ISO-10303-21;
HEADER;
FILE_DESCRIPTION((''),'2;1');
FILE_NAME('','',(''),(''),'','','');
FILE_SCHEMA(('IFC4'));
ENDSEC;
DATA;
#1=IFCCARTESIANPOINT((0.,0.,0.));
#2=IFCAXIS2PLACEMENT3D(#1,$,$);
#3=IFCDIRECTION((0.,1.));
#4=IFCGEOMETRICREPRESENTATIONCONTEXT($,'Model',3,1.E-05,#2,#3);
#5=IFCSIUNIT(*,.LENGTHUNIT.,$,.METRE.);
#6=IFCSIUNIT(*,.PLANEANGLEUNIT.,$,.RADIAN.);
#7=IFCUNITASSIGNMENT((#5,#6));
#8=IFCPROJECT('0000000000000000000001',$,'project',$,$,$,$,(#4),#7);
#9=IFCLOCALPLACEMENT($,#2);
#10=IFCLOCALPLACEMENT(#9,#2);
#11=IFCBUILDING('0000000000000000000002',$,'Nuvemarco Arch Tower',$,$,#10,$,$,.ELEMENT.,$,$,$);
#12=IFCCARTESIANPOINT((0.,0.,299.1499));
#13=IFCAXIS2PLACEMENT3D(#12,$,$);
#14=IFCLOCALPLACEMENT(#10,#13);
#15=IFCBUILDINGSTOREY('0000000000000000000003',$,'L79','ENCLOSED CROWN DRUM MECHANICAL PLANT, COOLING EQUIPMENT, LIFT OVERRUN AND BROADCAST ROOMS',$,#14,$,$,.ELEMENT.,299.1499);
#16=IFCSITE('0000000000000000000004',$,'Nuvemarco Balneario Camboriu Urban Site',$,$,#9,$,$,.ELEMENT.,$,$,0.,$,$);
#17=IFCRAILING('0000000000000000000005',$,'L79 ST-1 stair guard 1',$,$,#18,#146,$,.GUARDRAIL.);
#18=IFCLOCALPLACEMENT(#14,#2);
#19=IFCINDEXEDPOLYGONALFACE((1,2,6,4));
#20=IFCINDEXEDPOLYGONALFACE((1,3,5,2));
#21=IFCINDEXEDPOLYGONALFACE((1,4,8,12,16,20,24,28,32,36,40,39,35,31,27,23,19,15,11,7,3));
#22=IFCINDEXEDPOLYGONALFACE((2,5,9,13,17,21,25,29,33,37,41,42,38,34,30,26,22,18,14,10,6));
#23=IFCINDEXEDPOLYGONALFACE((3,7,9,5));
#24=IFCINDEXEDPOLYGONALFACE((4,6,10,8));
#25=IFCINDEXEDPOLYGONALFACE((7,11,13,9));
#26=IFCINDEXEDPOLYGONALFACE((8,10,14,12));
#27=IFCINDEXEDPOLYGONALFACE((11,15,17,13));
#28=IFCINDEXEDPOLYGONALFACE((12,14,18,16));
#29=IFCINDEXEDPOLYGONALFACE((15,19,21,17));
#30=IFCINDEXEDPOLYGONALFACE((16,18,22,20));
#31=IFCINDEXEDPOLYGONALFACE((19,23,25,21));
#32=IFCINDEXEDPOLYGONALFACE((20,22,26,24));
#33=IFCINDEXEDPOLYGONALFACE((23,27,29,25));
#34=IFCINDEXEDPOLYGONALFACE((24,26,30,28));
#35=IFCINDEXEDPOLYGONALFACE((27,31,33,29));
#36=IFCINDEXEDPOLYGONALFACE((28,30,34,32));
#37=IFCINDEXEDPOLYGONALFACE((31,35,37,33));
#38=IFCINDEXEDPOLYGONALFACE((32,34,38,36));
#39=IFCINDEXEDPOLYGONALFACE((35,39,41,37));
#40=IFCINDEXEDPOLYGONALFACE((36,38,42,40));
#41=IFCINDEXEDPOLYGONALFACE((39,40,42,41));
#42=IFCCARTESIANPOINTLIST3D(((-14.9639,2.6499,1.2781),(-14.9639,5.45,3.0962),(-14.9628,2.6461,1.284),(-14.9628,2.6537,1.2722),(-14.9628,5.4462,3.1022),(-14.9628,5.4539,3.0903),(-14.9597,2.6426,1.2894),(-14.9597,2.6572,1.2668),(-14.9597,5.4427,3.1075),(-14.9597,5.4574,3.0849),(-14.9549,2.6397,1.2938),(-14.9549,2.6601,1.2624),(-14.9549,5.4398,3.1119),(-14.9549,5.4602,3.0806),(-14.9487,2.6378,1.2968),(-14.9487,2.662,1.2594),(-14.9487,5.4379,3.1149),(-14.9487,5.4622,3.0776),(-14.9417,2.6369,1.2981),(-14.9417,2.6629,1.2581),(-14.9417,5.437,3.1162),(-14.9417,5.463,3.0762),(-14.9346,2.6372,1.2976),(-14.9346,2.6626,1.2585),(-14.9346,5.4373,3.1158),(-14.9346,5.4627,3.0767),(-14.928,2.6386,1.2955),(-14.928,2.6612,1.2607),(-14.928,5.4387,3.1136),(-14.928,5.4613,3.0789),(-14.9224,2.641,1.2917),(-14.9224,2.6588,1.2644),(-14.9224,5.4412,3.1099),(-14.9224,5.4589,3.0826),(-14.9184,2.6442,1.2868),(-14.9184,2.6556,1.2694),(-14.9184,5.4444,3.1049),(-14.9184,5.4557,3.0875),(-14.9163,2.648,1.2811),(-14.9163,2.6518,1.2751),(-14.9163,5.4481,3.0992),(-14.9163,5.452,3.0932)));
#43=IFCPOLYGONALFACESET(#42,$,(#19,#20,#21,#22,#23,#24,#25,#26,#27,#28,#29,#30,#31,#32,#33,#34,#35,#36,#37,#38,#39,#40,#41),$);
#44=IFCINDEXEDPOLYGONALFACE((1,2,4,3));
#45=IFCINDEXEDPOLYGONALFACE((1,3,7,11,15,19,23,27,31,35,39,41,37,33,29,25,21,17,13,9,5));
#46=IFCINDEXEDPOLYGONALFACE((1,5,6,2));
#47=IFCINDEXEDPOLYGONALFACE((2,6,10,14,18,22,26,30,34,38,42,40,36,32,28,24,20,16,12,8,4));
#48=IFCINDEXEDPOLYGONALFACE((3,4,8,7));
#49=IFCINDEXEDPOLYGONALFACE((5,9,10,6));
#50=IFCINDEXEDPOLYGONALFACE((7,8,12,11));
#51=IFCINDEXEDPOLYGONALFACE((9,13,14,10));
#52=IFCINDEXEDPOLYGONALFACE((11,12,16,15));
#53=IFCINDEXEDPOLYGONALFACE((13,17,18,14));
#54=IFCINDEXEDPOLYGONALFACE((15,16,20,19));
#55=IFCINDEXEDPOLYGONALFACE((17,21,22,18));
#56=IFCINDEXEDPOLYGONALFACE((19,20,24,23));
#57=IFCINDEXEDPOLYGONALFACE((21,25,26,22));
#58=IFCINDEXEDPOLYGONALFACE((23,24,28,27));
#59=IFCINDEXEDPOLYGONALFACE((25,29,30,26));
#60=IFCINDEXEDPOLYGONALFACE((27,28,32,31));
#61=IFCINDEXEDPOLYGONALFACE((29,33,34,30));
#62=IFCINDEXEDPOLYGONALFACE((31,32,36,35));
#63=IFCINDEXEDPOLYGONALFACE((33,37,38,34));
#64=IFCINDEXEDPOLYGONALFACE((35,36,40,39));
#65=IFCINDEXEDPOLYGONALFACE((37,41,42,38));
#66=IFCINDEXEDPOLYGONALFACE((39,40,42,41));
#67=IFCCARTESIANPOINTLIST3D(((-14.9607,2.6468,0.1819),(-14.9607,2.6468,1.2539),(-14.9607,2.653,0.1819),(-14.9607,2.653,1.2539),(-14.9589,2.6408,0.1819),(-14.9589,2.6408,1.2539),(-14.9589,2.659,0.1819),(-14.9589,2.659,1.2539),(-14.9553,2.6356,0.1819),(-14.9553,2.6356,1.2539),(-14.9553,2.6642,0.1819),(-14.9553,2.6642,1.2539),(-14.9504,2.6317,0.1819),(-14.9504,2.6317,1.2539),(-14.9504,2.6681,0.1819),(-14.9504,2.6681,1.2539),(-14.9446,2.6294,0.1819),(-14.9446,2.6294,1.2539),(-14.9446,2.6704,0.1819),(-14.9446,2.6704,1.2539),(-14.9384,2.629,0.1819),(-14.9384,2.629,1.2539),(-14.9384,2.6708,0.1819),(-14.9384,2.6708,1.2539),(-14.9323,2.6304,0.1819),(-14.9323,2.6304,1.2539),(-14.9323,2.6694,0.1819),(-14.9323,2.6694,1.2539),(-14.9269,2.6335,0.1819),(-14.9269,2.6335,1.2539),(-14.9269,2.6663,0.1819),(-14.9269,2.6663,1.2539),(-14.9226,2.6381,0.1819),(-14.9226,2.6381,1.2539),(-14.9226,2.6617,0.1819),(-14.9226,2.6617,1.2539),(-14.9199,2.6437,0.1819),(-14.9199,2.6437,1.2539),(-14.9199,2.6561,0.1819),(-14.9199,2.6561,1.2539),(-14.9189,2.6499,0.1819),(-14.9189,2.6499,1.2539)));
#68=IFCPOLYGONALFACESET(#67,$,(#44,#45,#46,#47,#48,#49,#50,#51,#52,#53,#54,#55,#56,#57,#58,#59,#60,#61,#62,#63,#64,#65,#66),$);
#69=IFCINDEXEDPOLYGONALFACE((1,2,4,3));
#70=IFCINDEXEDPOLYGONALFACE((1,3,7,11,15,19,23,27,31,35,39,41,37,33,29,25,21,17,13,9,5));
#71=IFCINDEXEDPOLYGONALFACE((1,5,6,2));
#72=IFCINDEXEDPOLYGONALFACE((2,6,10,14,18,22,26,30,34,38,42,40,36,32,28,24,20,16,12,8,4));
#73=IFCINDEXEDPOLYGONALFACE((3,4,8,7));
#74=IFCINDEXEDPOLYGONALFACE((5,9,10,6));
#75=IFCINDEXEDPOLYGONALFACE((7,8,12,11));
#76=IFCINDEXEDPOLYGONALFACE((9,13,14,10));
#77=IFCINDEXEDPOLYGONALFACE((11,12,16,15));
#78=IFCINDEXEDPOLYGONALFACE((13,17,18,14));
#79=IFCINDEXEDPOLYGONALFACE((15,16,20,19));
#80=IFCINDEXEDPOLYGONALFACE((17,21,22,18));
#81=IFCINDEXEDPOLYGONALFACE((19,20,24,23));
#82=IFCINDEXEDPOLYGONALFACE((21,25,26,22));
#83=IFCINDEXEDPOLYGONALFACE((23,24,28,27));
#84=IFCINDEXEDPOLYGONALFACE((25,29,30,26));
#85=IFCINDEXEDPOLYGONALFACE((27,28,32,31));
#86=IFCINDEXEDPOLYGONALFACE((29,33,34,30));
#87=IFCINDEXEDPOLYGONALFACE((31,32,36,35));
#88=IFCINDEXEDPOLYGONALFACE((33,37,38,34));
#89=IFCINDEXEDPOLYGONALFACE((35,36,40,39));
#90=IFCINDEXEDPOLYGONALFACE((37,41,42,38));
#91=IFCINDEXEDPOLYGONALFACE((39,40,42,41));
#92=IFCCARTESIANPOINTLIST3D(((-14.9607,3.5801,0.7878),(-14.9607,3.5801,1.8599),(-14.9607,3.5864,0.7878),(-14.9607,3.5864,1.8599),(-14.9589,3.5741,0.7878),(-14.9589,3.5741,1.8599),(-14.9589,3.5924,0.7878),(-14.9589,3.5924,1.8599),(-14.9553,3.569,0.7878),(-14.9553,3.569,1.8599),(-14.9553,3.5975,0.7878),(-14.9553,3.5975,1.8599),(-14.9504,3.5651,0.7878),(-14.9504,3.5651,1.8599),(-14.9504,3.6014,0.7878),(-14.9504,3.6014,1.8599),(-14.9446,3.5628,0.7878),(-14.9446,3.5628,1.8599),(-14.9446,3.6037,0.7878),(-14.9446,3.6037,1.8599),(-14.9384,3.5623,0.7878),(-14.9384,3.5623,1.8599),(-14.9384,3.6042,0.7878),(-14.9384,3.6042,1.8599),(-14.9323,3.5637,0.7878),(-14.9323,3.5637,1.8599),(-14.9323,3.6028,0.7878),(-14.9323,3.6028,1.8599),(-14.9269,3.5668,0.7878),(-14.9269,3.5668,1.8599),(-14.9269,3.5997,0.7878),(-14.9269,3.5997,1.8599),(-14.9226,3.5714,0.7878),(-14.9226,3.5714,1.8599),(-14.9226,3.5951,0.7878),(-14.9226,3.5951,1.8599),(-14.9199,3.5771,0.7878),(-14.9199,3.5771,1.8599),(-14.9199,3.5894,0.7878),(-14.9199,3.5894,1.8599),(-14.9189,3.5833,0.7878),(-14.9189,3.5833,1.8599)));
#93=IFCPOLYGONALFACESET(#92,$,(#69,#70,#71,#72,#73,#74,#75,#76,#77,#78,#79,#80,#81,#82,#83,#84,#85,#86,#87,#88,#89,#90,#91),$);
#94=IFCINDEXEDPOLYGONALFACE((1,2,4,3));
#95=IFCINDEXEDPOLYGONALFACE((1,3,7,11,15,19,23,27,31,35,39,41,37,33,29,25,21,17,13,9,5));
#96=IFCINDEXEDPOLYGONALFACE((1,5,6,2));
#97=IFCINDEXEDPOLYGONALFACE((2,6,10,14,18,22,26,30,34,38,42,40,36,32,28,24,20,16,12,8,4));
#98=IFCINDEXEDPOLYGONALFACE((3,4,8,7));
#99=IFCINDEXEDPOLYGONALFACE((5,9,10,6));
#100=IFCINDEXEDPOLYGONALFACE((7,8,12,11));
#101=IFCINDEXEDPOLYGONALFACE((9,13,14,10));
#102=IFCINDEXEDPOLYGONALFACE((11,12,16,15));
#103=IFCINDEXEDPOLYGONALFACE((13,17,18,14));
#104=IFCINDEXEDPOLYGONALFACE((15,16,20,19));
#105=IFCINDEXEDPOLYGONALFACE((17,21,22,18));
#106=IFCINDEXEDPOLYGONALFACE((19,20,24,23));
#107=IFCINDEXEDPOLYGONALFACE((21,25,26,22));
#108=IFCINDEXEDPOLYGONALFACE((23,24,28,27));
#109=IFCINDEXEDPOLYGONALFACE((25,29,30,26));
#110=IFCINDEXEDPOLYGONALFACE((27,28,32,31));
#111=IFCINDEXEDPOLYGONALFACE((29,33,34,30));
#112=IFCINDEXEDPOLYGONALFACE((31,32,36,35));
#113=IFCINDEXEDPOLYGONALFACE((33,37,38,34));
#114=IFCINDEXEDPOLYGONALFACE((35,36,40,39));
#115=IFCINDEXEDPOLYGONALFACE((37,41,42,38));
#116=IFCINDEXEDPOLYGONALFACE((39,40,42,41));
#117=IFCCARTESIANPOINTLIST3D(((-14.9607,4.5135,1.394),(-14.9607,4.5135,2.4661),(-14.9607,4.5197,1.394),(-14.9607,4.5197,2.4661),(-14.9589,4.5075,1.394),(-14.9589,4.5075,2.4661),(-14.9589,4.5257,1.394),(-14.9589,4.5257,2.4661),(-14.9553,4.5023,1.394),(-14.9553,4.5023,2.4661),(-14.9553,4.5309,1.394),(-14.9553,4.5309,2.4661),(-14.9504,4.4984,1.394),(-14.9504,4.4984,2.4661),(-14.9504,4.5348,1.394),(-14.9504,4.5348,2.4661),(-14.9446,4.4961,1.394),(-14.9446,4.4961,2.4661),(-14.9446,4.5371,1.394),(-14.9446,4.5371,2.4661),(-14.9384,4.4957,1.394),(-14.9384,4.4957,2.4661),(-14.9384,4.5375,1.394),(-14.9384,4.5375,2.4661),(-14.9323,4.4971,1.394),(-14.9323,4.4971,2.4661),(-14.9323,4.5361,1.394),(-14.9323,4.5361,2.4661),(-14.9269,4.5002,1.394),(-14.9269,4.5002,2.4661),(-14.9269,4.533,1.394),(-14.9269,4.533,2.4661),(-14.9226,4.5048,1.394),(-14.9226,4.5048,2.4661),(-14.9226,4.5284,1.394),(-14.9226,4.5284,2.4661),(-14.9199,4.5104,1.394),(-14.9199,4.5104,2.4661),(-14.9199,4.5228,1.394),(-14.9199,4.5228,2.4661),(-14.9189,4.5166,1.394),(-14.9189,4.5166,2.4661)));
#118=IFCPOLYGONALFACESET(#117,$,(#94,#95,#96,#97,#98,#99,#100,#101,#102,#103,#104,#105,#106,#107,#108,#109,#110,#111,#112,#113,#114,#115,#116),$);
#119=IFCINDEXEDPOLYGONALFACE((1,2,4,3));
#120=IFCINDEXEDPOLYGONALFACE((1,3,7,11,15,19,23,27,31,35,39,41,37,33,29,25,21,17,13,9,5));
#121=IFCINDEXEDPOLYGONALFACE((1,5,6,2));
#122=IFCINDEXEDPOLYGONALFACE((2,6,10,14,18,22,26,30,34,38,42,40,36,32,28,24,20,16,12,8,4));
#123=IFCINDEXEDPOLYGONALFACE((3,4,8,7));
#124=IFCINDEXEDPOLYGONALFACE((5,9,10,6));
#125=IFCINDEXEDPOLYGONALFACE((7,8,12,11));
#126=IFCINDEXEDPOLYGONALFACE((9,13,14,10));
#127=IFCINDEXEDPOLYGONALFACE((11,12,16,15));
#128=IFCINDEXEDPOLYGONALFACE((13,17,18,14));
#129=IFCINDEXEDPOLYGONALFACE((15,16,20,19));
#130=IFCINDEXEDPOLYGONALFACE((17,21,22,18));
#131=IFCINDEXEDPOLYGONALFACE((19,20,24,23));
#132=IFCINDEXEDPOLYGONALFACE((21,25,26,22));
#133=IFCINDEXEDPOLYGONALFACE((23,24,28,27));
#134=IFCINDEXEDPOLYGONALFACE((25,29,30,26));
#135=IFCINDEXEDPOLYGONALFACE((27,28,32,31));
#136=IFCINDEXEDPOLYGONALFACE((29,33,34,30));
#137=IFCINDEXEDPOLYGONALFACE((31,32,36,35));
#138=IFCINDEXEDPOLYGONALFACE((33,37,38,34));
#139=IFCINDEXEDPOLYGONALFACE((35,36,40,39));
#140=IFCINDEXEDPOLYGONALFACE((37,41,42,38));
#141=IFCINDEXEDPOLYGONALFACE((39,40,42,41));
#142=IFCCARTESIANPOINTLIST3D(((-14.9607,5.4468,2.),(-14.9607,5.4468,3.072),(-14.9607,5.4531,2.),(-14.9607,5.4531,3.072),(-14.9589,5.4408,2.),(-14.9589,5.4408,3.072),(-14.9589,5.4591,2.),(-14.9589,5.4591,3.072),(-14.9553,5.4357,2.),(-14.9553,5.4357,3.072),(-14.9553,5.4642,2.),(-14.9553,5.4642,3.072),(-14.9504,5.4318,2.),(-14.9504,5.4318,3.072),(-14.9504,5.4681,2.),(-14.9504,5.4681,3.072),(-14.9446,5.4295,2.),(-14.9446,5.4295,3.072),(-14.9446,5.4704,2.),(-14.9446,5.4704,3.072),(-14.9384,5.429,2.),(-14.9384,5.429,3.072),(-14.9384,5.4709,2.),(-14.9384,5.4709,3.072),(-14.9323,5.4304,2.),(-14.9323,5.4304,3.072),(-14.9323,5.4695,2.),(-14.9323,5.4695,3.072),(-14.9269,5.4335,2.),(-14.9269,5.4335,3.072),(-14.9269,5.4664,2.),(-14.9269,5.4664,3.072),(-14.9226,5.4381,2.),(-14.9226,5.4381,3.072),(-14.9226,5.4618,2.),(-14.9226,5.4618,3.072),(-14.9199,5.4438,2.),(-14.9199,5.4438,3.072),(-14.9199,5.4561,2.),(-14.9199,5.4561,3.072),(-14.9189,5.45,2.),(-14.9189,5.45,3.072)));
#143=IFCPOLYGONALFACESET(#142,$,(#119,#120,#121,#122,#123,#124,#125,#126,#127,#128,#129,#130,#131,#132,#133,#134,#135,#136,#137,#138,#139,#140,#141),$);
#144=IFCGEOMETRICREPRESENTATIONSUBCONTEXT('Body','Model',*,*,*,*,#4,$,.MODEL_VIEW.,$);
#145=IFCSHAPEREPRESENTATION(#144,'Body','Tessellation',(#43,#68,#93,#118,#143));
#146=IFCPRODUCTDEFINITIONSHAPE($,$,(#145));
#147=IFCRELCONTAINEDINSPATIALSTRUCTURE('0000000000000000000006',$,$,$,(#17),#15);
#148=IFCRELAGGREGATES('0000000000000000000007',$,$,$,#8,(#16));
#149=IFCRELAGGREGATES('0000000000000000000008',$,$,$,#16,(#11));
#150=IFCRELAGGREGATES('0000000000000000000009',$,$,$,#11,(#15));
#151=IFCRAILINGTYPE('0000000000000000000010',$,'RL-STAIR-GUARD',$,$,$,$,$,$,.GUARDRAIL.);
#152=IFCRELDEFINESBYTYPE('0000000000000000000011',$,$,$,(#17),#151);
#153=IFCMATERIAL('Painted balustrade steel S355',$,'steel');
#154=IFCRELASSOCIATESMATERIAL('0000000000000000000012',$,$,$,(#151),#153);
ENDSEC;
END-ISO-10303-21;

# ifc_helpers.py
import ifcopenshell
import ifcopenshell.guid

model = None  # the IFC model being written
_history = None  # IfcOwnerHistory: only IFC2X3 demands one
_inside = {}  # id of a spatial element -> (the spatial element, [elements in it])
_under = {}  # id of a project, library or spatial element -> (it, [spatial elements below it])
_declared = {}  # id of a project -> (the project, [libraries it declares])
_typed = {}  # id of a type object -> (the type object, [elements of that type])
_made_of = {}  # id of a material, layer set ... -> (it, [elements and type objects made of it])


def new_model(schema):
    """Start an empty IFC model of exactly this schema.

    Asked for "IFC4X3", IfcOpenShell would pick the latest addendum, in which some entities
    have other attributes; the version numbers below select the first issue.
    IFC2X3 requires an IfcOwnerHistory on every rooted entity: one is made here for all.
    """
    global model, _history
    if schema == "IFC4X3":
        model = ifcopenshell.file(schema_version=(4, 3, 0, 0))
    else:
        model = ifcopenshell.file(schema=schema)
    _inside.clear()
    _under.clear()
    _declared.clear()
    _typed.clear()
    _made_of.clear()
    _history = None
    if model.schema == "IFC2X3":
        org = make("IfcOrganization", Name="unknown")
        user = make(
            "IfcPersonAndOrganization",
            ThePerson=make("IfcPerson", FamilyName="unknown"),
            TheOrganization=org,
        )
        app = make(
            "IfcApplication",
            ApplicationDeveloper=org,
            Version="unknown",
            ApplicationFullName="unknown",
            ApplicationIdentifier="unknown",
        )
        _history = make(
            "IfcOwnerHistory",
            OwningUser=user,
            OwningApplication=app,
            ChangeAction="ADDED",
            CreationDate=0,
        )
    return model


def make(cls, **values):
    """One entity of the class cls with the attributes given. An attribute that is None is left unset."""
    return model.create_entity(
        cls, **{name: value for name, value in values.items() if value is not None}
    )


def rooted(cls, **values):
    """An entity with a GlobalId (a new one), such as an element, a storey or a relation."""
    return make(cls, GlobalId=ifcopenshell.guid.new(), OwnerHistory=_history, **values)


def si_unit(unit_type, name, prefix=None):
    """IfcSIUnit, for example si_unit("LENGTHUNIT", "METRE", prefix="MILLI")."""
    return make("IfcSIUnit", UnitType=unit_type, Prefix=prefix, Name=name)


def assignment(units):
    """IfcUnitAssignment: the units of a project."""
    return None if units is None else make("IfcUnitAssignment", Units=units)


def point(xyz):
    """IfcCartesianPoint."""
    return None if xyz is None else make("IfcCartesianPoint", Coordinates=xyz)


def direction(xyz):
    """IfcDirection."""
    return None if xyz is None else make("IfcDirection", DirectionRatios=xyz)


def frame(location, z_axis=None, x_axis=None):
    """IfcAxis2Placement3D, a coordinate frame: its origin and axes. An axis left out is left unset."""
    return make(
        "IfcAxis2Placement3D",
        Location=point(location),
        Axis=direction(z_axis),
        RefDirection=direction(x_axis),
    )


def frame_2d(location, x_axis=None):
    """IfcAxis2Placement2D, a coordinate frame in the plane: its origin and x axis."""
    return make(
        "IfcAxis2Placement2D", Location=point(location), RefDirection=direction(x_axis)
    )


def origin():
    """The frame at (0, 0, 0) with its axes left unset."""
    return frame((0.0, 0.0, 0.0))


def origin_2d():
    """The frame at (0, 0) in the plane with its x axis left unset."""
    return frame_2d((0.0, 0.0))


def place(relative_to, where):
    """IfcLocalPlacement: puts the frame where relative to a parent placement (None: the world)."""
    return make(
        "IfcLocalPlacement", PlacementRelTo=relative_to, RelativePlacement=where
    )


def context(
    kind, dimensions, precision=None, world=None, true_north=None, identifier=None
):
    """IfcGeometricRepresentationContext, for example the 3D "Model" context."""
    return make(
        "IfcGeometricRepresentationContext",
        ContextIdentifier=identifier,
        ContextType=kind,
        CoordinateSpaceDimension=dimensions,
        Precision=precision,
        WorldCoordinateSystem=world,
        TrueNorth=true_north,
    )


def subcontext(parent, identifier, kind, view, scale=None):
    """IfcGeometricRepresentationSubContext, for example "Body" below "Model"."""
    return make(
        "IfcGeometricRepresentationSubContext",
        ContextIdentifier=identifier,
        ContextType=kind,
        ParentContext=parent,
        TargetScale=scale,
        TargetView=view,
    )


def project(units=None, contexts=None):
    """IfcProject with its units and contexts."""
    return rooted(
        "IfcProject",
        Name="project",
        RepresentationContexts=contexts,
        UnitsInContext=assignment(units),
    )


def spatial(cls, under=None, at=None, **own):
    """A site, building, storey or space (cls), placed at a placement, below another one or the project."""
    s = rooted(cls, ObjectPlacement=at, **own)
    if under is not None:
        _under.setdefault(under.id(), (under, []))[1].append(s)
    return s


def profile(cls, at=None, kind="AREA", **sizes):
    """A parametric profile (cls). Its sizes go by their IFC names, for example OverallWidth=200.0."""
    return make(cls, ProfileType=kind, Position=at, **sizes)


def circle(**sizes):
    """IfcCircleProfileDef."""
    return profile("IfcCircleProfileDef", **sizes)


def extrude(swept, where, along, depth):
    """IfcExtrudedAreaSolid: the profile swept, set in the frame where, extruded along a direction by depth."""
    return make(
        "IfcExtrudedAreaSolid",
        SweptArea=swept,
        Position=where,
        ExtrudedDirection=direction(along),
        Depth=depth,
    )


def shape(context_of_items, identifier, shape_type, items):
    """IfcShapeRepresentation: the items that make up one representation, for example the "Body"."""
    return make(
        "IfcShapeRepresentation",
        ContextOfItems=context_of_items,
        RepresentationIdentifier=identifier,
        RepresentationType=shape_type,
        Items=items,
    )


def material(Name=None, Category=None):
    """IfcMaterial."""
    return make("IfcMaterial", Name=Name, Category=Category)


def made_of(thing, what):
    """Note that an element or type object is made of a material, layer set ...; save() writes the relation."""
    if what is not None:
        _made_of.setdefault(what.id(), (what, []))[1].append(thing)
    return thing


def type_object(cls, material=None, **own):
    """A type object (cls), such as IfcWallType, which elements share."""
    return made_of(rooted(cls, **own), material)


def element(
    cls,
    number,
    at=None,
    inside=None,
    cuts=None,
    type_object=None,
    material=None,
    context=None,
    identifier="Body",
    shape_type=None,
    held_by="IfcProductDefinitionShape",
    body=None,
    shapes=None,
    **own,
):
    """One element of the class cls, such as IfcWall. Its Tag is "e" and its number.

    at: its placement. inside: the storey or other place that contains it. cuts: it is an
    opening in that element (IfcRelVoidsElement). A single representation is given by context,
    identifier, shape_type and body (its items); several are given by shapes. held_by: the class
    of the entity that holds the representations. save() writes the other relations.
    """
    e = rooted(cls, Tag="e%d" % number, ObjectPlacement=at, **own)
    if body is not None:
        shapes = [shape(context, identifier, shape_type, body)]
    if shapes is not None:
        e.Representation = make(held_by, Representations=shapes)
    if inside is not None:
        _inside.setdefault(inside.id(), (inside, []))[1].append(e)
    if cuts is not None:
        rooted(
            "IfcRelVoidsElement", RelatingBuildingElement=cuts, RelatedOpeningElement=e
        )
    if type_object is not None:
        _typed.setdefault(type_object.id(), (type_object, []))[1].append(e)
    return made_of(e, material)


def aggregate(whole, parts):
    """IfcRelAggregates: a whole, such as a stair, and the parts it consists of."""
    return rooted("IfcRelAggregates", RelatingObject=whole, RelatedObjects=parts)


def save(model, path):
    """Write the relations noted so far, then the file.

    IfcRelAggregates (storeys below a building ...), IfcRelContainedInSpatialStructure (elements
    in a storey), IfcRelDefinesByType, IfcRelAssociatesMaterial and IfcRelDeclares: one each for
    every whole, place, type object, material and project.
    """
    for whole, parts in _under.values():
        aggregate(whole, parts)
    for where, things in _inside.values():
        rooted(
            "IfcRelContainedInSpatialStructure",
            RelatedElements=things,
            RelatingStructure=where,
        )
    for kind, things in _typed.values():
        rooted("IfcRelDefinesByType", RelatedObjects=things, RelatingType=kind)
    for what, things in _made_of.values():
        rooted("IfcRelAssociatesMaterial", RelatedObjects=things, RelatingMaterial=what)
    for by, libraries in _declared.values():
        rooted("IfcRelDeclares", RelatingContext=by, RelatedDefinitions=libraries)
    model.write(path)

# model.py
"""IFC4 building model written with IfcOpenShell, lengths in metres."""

from ifc_helpers import new_model, si_unit, direction, frame, origin, origin_2d, place, context, subcontext, project, spatial, circle, extrude, material, type_object, element, save


model = new_model("IFC4")

# Units and contexts
model_context = context("Model", 3, precision=1e-05, world=origin(), true_north=direction((0.0, 1.0)))
body_context = subcontext(model_context, "Body", "Model", "MODEL_VIEW")
ifc_project = project(units=[si_unit("LENGTHUNIT", "METRE"), si_unit("PLANEANGLEUNIT", "RADIAN")], contexts=[model_context])

# Site, building, storey
site_placement = place(None, origin())
site = spatial("IfcSite", under=ifc_project, at=site_placement, Name="Nuvemarco Balneario Camboriu Urban Site", CompositionType="ELEMENT", RefElevation=0.0)
building_placement = place(site_placement, origin())
building = spatial("IfcBuilding", under=site, at=building_placement, Name="Nuvemarco Arch Tower", CompositionType="ELEMENT")
storey_placement = place(building_placement, frame((0.0, 0.0, 299.1499)))
storey = spatial("IfcBuildingStorey", under=building, at=storey_placement, Name="L79", Description="ENCLOSED CROWN DRUM MECHANICAL PLANT, COOLING EQUIPMENT, LIFT OVERRUN AND BROADCAST ROOMS", CompositionType="ELEMENT", Elevation=299.1499)

# Railing
ifc_material_1 = material(Name="Painted balustrade steel S355", Category="steel")
railing_type_1 = type_object("IfcRailingType", Name="RL-STAIR-GUARD", PredefinedType="GUARDRAIL", material=ifc_material_1)
railing_1_placement = place(storey_placement, frame((-14.9399, 2.6499, 0.1819)))
element("IfcRailing", 1, at=railing_1_placement, inside=storey, type_object=railing_type_1, Name="L79 ST-1 stair guard 1", PredefinedType="GUARDRAIL", context=body_context, shape_type="SweptSolid", body=[
    extrude(circle(Radius=0.0239, at=origin_2d()), frame((0.0, 0.0, 1.0962), z_axis=(0.0, 0.838706, 0.544585), x_axis=(-1.0, 0.0, 0.0)), (0.0, 0.0, 1.0), 3.3386),
    extrude(circle(Radius=0.021, at=origin_2d()), origin(), (0.0, 0.0, 1.0), 1.072),
    extrude(circle(Radius=0.021, at=origin_2d()), frame((0.0, 0.9333, 0.606)), (0.0, 0.0, 1.0), 1.072),
    extrude(circle(Radius=0.021, at=origin_2d()), frame((0.0, 1.8667, 1.2122)), (0.0, 0.0, 1.0), 1.072),
    extrude(circle(Radius=0.021, at=origin_2d()), frame((0.0, 2.8, 1.8181)), (0.0, 0.0, 1.0), 1.072),
])

save(model, "model.ifc")
